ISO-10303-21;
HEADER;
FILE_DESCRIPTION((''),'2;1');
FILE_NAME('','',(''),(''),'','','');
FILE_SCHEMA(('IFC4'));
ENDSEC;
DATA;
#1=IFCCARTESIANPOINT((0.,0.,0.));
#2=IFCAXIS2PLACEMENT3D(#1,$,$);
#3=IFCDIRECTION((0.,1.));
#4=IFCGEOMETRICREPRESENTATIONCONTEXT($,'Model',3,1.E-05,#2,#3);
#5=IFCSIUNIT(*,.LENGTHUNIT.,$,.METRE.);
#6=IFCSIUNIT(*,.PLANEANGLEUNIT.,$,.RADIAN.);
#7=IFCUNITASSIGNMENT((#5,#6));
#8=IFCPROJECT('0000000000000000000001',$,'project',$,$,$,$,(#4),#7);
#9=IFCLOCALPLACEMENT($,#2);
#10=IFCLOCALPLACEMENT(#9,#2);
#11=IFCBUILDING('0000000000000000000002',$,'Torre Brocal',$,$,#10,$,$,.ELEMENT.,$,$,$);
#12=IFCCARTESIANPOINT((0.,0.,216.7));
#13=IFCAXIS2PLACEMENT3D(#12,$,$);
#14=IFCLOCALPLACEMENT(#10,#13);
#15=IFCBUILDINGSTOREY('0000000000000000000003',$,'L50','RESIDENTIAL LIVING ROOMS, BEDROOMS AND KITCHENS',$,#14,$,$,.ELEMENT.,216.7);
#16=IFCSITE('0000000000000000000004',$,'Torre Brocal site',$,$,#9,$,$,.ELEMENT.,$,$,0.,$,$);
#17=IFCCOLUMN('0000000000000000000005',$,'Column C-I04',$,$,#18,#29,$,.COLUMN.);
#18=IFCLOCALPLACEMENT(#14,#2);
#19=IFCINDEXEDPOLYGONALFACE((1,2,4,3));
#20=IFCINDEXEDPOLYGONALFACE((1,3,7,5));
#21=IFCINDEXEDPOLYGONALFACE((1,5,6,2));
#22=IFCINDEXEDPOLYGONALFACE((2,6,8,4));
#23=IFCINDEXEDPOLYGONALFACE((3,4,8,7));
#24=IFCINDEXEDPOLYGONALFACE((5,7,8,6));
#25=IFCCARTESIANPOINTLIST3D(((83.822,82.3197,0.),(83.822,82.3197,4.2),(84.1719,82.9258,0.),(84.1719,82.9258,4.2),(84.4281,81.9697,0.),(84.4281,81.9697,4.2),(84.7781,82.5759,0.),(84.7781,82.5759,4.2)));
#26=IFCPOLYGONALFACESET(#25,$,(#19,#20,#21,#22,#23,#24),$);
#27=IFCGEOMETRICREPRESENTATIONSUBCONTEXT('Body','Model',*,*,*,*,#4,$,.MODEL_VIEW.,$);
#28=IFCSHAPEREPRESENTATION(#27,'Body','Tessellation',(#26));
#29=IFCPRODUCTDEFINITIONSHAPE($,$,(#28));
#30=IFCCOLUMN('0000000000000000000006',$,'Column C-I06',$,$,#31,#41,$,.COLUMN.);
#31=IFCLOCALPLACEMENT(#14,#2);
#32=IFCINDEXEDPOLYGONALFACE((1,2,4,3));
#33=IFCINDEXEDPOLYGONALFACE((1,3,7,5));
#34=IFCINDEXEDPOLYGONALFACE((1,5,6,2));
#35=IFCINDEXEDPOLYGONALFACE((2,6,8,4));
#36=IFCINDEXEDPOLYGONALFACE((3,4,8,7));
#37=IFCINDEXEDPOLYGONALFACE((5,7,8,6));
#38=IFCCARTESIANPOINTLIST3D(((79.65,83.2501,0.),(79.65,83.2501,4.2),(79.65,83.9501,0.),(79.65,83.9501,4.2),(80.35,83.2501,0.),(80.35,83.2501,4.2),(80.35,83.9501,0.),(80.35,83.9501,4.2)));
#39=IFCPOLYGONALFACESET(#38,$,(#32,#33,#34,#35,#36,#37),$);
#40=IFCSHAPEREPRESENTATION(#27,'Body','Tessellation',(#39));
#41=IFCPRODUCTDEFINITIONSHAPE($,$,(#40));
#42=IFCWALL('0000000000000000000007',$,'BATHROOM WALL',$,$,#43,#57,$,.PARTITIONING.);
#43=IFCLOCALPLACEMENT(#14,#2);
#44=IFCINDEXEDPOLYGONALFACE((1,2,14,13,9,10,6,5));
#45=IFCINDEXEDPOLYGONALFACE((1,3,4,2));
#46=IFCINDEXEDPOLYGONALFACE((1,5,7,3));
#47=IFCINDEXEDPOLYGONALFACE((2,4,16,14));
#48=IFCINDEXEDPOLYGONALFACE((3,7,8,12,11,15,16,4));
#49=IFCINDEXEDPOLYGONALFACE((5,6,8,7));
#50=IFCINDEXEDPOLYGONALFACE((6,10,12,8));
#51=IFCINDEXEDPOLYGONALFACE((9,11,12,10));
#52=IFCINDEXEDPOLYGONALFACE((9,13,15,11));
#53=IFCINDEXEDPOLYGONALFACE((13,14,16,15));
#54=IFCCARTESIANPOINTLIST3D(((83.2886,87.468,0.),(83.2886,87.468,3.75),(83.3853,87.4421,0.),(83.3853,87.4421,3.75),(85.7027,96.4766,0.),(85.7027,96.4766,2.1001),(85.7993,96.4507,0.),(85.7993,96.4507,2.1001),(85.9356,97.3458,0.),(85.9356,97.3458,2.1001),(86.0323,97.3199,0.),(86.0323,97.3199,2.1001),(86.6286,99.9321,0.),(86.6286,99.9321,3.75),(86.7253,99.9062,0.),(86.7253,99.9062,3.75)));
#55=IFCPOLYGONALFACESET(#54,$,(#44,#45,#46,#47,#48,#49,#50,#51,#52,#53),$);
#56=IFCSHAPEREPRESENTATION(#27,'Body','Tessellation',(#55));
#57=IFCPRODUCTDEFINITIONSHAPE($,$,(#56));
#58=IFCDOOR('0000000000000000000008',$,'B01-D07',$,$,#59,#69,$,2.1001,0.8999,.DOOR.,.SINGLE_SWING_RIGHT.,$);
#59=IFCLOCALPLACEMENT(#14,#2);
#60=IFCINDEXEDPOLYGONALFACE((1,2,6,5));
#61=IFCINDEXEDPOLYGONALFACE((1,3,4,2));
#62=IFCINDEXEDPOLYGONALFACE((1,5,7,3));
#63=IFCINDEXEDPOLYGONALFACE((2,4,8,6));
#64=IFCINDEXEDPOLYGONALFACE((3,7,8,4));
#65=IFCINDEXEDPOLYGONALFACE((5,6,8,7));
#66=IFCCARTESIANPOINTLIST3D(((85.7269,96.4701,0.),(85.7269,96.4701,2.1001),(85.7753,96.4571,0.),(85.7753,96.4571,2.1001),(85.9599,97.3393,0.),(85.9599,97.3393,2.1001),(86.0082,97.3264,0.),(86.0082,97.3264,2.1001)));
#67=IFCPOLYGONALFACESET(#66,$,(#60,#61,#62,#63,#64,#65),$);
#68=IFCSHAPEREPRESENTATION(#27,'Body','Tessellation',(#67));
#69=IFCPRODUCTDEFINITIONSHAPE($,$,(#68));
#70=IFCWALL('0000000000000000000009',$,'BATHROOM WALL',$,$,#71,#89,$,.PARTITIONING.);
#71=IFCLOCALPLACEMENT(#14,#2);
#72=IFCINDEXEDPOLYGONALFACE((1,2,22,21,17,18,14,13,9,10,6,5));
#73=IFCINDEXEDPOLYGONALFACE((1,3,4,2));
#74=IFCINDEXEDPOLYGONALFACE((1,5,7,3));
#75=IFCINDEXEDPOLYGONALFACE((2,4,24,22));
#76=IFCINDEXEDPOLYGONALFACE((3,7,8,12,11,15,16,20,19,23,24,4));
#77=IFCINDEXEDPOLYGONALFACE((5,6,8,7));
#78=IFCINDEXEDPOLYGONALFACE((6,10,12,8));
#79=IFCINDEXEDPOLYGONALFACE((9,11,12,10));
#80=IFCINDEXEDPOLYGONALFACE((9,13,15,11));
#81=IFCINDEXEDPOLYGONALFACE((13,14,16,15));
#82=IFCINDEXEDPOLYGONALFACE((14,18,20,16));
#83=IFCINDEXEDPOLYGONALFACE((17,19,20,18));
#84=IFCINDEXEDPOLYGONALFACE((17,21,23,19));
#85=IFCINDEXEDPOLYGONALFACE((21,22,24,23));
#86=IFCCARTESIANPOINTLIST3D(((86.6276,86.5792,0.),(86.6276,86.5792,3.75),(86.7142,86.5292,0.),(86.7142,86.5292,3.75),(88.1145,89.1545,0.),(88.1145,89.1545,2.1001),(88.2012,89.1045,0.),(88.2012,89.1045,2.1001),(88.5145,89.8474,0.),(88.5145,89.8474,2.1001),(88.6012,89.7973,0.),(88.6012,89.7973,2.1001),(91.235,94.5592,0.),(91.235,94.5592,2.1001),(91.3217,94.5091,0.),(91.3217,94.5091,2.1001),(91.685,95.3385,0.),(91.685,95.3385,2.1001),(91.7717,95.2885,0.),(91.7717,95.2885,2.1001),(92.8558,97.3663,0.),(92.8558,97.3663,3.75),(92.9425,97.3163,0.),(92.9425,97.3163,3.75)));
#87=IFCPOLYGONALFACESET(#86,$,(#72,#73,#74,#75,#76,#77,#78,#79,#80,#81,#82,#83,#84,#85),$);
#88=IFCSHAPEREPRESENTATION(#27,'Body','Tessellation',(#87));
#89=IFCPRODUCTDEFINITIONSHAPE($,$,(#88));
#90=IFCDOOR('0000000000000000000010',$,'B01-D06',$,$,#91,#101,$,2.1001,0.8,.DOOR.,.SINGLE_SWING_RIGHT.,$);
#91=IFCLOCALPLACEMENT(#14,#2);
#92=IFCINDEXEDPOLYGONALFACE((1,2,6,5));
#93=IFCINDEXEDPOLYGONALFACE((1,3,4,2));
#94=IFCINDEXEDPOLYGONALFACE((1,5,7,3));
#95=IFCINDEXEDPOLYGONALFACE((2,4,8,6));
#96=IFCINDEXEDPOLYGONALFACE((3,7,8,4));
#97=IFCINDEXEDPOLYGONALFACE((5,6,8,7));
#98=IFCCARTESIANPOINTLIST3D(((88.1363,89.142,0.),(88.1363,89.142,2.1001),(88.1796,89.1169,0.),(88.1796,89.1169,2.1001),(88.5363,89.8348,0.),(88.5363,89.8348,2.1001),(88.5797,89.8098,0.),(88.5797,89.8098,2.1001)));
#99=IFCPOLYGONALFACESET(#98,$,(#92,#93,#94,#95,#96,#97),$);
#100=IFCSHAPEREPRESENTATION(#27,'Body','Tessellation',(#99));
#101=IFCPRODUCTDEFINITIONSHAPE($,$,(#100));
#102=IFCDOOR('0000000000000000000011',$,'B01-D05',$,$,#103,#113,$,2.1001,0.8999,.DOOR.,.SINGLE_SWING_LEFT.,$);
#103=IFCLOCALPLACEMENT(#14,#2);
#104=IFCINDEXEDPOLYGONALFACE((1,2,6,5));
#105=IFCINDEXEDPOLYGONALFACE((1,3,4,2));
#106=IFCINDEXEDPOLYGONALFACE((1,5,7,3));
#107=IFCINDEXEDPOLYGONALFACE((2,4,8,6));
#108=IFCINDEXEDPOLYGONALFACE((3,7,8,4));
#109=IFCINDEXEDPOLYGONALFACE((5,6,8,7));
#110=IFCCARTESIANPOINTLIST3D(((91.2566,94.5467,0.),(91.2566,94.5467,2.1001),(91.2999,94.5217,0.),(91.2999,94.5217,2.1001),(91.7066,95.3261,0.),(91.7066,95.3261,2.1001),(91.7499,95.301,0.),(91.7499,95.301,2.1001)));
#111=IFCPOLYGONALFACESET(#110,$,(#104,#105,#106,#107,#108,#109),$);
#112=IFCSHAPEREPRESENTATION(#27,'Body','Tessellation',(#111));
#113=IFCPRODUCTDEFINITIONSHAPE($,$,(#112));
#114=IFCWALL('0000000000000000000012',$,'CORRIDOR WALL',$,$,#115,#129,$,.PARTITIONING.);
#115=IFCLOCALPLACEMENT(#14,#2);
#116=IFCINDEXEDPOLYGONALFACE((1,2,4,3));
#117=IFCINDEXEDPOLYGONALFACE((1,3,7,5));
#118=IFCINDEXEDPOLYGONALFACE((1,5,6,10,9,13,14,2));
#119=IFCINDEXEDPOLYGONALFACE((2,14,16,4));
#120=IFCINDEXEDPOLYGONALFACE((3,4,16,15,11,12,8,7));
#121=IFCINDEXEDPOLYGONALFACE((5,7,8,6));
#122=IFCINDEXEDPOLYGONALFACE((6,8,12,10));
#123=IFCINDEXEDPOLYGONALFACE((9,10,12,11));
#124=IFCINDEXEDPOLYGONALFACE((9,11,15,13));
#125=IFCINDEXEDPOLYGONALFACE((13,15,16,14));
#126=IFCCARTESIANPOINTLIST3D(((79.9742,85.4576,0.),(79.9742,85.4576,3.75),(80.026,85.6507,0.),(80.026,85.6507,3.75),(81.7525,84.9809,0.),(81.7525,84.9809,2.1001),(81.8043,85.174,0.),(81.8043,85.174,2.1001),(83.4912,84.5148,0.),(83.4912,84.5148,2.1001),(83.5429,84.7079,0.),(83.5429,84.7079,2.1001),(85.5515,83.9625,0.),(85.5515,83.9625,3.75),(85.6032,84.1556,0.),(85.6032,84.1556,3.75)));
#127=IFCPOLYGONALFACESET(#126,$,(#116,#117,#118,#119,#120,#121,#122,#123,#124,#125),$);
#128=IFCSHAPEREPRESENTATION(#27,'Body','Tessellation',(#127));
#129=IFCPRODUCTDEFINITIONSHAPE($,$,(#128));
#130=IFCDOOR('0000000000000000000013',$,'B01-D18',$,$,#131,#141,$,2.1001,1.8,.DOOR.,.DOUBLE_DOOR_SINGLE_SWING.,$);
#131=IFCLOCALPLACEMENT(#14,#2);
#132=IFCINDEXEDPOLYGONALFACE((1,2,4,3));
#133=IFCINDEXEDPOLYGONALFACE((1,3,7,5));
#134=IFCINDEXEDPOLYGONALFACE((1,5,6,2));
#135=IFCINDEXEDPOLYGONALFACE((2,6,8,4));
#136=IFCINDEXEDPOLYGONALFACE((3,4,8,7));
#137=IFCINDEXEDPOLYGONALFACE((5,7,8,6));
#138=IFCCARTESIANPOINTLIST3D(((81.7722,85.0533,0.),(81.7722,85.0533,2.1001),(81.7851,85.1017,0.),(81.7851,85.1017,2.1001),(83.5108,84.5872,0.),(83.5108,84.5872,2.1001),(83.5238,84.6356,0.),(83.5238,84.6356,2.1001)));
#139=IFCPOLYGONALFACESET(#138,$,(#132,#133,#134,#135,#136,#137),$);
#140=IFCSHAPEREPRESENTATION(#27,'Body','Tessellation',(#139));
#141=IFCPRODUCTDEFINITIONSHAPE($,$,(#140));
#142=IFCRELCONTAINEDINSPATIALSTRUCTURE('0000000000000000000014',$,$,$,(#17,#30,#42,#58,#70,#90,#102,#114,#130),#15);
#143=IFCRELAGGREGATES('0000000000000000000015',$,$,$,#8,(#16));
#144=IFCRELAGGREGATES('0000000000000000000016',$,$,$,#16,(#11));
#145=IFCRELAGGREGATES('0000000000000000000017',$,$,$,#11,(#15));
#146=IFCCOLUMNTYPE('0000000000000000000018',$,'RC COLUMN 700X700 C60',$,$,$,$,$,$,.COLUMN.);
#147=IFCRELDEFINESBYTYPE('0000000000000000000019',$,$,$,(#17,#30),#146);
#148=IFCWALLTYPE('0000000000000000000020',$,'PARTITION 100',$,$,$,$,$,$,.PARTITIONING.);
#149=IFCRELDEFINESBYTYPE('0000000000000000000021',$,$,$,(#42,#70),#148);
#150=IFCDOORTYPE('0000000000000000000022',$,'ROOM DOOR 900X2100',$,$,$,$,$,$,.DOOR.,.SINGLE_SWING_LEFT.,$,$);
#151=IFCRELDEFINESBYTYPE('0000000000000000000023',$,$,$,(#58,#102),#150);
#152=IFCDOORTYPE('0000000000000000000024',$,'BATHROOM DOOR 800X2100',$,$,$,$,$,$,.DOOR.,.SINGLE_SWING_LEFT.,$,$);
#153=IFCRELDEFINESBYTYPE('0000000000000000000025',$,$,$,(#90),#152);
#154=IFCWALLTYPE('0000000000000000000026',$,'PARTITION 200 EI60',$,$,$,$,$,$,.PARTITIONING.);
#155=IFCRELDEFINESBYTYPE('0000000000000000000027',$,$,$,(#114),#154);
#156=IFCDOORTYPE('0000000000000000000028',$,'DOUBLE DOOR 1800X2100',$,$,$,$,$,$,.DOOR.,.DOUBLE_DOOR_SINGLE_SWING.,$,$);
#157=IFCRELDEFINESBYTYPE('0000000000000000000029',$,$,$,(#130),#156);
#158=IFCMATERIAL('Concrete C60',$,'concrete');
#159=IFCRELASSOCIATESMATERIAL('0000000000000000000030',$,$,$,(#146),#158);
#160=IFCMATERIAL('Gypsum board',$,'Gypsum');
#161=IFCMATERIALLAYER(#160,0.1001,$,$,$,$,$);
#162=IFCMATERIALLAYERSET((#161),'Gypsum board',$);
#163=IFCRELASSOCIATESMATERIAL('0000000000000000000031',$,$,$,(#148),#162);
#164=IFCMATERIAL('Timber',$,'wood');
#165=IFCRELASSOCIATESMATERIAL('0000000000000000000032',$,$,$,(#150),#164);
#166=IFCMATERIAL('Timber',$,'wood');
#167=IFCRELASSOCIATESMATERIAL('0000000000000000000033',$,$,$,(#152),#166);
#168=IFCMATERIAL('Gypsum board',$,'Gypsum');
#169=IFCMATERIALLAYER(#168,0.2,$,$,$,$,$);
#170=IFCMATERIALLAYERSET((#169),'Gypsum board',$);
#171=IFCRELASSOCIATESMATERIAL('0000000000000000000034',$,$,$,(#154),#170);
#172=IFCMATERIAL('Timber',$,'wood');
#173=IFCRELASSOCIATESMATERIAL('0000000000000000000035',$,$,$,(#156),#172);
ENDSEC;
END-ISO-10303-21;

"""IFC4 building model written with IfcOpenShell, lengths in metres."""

from ifc_helpers import new_model, si_unit, direction, frame, frame_2d, origin, origin_2d, place, context, subcontext, project, spatial, rectangle, extrude, material, layer, layer_set, material_profile, profile_set, type_object, element, fill, save


model = new_model("IFC4")

# Units and contexts
model_context = context("Model", 3, precision=1e-05, world=origin(), true_north=direction((0.0, 1.0)))
body_context = subcontext(model_context, "Body", "Model", "MODEL_VIEW")
ifc_project = project(units=[si_unit("LENGTHUNIT", "METRE"), si_unit("PLANEANGLEUNIT", "RADIAN")], contexts=[model_context])

# Site, building, storey
site_placement = place(None, origin())
site = spatial("IfcSite", under=ifc_project, at=site_placement, Name="Torre Brocal site", CompositionType="ELEMENT", RefElevation=0.0)
building_placement = place(site_placement, origin())
building = spatial("IfcBuilding", under=site, at=building_placement, Name="Torre Brocal", CompositionType="ELEMENT")
storey_placement = place(building_placement, frame((0.0, 0.0, 216.7)))
storey = spatial("IfcBuildingStorey", under=building, at=storey_placement, Name="L50", Description="RESIDENTIAL LIVING ROOMS, BEDROOMS AND KITCHENS", CompositionType="ELEMENT", Elevation=216.7)

# Columns
ifc_material_1 = material(Name="Concrete C60", Category="concrete")
ifc_material_profile = material_profile(ifc_material_1, rectangle(XDim=0.7, YDim=0.7, at=origin_2d()), Name="RC 700X700")
ifc_profile_set = profile_set([ifc_material_profile], Name="Concrete C60")
column_type = type_object("IfcColumnType", Name="RC COLUMN 700X700 C60", PredefinedType="COLUMN", material=ifc_profile_set)
for number, where, z_axis, x_axis, name in (
    (1, (84.3, 82.4478, 0.0), (0.0, 0.0, 1.0), (0.5, 0.866025, 0.0), "Column C-I04"),
    (2, (80.0, 83.6001, 0.0), (0.0, 0.0, 1.0), (0.0, 1.0, 0.0), "Column C-I06"),
):
    element("IfcColumn", number, at=place(storey_placement, frame(where, z_axis=z_axis, x_axis=x_axis)), inside=storey, type_object=column_type, Name=name, PredefinedType="COLUMN", context=body_context, shape_type="SweptSolid", body=[
        extrude(rectangle(XDim=0.7, YDim=0.7, at=origin_2d()), origin(), (0.0, 0.0, 1.0), 4.2),
    ])

# Wall, opening, door
ifc_material_2 = material(Name="Gypsum board", Category="Gypsum")
ifc_layer_1 = layer(ifc_material_2, 0.1001)
ifc_layer_set_1 = layer_set([ifc_layer_1], Name="Gypsum board")
wall_type_1 = type_object("IfcWallType", Name="PARTITION 100", PredefinedType="PARTITIONING", material=ifc_layer_set_1)
wall_1_placement = place(storey_placement, frame((83.3369, 87.4551, 0.0), z_axis=(0.0, 0.0, 1.0), x_axis=(0.258844, 0.965919, 0.0)))
wall_1 = element("IfcWall", 3, at=wall_1_placement, inside=storey, type_object=wall_type_1, Name="BATHROOM WALL", PredefinedType="PARTITIONING", context=body_context, shape_type="SweptSolid", body=[
    extrude(rectangle(XDim=12.9038, YDim=0.1001, at=frame_2d((6.4519, 0.0))), origin(), (0.0, 0.0, 1.0), 3.75),
])
opening_1_placement = place(wall_1_placement, frame((9.3264, 0.0, 0.0)))
opening_1 = element("IfcOpeningElement", 4, at=opening_1_placement, cuts=wall_1, PredefinedType="OPENING", context=body_context, shape_type="SweptSolid", body=[
    extrude(rectangle(XDim=0.8999, YDim=2.1001, at=frame_2d((0.45, 1.05))), frame((0.0, 0.0601, 0.0), z_axis=(0.0, -1.0, 0.0), x_axis=(1.0, 0.0, 0.0)), (0.0, 0.0, 1.0), 0.1201),
])
ifc_material_3 = material(Name="Timber", Category="wood")
door_type_1 = type_object("IfcDoorType", Name="ROOM DOOR 900X2100", OperationType="SINGLE_SWING_LEFT", PredefinedType="DOOR", material=ifc_material_3)
door_1_placement = place(opening_1_placement, origin())
door_1 = element("IfcDoor", 5, at=door_1_placement, inside=storey, type_object=door_type_1, Name="B01-D07", OperationType="SINGLE_SWING_RIGHT", OverallHeight=2.1001, OverallWidth=0.8999, PredefinedType="DOOR", context=body_context, shape_type="SweptSolid", body=[
    extrude(rectangle(XDim=0.8999, YDim=2.1001, at=frame_2d((0.45, 1.05))), frame((0.0, 0.0249, 0.0), z_axis=(0.0, -1.0, 0.0), x_axis=(1.0, 0.0, 0.0)), (0.0, 0.0, 1.0), 0.05),
])
fill(opening_1, door_1)

# Wall, openings, doors
wall_2_placement = place(storey_placement, frame((86.6709, 86.5542, 0.0), z_axis=(0.0, 0.0, 1.0), x_axis=(0.50002, 0.866014, 0.0)))
wall_2 = element("IfcWall", 6, at=wall_2_placement, inside=storey, type_object=wall_type_1, Name="BATHROOM WALL", PredefinedType="PARTITIONING", context=body_context, shape_type="SweptSolid", body=[
    extrude(rectangle(XDim=12.4561, YDim=0.1001, at=frame_2d((6.228, 0.0))), origin(), (0.0, 0.0, 1.0), 3.75),
])
opening_2_placement = place(wall_2_placement, frame((9.2146, 0.0, 0.0)))
opening_2 = element("IfcOpeningElement", 7, at=opening_2_placement, cuts=wall_2, PredefinedType="OPENING", context=body_context, shape_type="SweptSolid", body=[
    extrude(rectangle(XDim=0.8999, YDim=2.1001, at=frame_2d((0.45, 1.05))), frame((0.0, 0.0601, 0.0), z_axis=(0.0, -1.0, 0.0), x_axis=(1.0, 0.0, 0.0)), (0.0, 0.0, 1.0), 0.1201),
])
opening_3_placement = place(wall_2_placement, frame((2.9739, 0.0, 0.0)))
opening_3 = element("IfcOpeningElement", 8, at=opening_3_placement, cuts=wall_2, PredefinedType="OPENING", context=body_context, shape_type="SweptSolid", body=[
    extrude(rectangle(XDim=0.8, YDim=2.1001, at=frame_2d((0.3999, 1.05))), frame((0.0, 0.0601, 0.0), z_axis=(0.0, -1.0, 0.0), x_axis=(1.0, 0.0, 0.0)), (0.0, 0.0, 1.0), 0.1201),
])
ifc_material_4 = material(Name="Timber", Category="wood")
door_type_2 = type_object("IfcDoorType", Name="BATHROOM DOOR 800X2100", OperationType="SINGLE_SWING_LEFT", PredefinedType="DOOR", material=ifc_material_4)
door_2_placement = place(opening_3_placement, origin())
door_2 = element("IfcDoor", 9, at=door_2_placement, inside=storey, type_object=door_type_2, Name="B01-D06", OperationType="SINGLE_SWING_RIGHT", OverallHeight=2.1001, OverallWidth=0.8, PredefinedType="DOOR", context=body_context, shape_type="SweptSolid", body=[
    extrude(rectangle(XDim=0.8, YDim=2.1001, at=frame_2d((0.3999, 1.05))), frame((0.0, 0.0249, 0.0), z_axis=(0.0, -1.0, 0.0), x_axis=(1.0, 0.0, 0.0)), (0.0, 0.0, 1.0), 0.05),
])
fill(opening_3, door_2)
door_3_placement = place(opening_2_placement, frame((0.8999, 0.0, 0.0), z_axis=(0.0, 0.0, 1.0), x_axis=(-1.0, 0.0, 0.0)))
door_3 = element("IfcDoor", 10, at=door_3_placement, inside=storey, type_object=door_type_1, Name="B01-D05", OperationType="SINGLE_SWING_LEFT", OverallHeight=2.1001, OverallWidth=0.8999, PredefinedType="DOOR", context=body_context, shape_type="SweptSolid", body=[
    extrude(rectangle(XDim=0.8999, YDim=2.1001, at=frame_2d((0.45, 1.05))), frame((0.0, 0.0249, 0.0), z_axis=(0.0, -1.0, 0.0), x_axis=(1.0, 0.0, 0.0)), (0.0, 0.0, 1.0), 0.05),
])
fill(opening_2, door_3)

# Wall, opening, door
ifc_material_5 = material(Name="Gypsum board", Category="Gypsum")
ifc_layer_2 = layer(ifc_material_5, 0.2)
ifc_layer_set_2 = layer_set([ifc_layer_2], Name="Gypsum board")
wall_type_2 = type_object("IfcWallType", Name="PARTITION 200 EI60", PredefinedType="PARTITIONING", material=ifc_layer_set_2)
wall_3_placement = place(storey_placement, frame((80.0, 85.5542, 0.0), z_axis=(0.0, 0.0, 1.0), x_axis=(0.965894, -0.258936, 0.0)))
wall_3 = element("IfcWall", 11, at=wall_3_placement, inside=storey, type_object=wall_type_2, Name="CORRIDOR WALL", PredefinedType="PARTITIONING", context=body_context, shape_type="SweptSolid", body=[
    extrude(rectangle(XDim=5.7742, YDim=0.2, at=frame_2d((2.8872, 0.0))), origin(), (0.0, 0.0, 1.0), 3.75),
])
opening_4_placement = place(wall_3_placement, frame((1.8413, 0.0, 0.0)))
opening_4 = element("IfcOpeningElement", 12, at=opening_4_placement, cuts=wall_3, PredefinedType="OPENING", context=body_context, shape_type="SweptSolid", body=[
    extrude(rectangle(XDim=1.8, YDim=2.1001, at=frame_2d((0.8999, 1.05))), frame((0.0, 0.1099, 0.0), z_axis=(0.0, -1.0, 0.0), x_axis=(1.0, 0.0, 0.0)), (0.0, 0.0, 1.0), 0.22),
])
ifc_material_6 = material(Name="Timber", Category="wood")
door_type_3 = type_object("IfcDoorType", Name="DOUBLE DOOR 1800X2100", OperationType="DOUBLE_DOOR_SINGLE_SWING", PredefinedType="DOOR", material=ifc_material_6)
door_4_placement = place(opening_4_placement, frame((1.8, 0.0, 0.0), z_axis=(0.0, 0.0, 1.0), x_axis=(-1.0, 0.0, 0.0)))
door_4 = element("IfcDoor", 13, at=door_4_placement, inside=storey, type_object=door_type_3, Name="B01-D18", OperationType="DOUBLE_DOOR_SINGLE_SWING", OverallHeight=2.1001, OverallWidth=1.8, PredefinedType="DOOR", context=body_context, shape_type="SweptSolid", body=[
    extrude(rectangle(XDim=1.8, YDim=2.1001, at=frame_2d((0.8999, 1.05))), frame((0.0, 0.0249, 0.0), z_axis=(0.0, -1.0, 0.0), x_axis=(1.0, 0.0, 0.0)), (0.0, 0.0, 1.0), 0.05),
])
fill(opening_4, door_4)

save(model, "model.ifc")
